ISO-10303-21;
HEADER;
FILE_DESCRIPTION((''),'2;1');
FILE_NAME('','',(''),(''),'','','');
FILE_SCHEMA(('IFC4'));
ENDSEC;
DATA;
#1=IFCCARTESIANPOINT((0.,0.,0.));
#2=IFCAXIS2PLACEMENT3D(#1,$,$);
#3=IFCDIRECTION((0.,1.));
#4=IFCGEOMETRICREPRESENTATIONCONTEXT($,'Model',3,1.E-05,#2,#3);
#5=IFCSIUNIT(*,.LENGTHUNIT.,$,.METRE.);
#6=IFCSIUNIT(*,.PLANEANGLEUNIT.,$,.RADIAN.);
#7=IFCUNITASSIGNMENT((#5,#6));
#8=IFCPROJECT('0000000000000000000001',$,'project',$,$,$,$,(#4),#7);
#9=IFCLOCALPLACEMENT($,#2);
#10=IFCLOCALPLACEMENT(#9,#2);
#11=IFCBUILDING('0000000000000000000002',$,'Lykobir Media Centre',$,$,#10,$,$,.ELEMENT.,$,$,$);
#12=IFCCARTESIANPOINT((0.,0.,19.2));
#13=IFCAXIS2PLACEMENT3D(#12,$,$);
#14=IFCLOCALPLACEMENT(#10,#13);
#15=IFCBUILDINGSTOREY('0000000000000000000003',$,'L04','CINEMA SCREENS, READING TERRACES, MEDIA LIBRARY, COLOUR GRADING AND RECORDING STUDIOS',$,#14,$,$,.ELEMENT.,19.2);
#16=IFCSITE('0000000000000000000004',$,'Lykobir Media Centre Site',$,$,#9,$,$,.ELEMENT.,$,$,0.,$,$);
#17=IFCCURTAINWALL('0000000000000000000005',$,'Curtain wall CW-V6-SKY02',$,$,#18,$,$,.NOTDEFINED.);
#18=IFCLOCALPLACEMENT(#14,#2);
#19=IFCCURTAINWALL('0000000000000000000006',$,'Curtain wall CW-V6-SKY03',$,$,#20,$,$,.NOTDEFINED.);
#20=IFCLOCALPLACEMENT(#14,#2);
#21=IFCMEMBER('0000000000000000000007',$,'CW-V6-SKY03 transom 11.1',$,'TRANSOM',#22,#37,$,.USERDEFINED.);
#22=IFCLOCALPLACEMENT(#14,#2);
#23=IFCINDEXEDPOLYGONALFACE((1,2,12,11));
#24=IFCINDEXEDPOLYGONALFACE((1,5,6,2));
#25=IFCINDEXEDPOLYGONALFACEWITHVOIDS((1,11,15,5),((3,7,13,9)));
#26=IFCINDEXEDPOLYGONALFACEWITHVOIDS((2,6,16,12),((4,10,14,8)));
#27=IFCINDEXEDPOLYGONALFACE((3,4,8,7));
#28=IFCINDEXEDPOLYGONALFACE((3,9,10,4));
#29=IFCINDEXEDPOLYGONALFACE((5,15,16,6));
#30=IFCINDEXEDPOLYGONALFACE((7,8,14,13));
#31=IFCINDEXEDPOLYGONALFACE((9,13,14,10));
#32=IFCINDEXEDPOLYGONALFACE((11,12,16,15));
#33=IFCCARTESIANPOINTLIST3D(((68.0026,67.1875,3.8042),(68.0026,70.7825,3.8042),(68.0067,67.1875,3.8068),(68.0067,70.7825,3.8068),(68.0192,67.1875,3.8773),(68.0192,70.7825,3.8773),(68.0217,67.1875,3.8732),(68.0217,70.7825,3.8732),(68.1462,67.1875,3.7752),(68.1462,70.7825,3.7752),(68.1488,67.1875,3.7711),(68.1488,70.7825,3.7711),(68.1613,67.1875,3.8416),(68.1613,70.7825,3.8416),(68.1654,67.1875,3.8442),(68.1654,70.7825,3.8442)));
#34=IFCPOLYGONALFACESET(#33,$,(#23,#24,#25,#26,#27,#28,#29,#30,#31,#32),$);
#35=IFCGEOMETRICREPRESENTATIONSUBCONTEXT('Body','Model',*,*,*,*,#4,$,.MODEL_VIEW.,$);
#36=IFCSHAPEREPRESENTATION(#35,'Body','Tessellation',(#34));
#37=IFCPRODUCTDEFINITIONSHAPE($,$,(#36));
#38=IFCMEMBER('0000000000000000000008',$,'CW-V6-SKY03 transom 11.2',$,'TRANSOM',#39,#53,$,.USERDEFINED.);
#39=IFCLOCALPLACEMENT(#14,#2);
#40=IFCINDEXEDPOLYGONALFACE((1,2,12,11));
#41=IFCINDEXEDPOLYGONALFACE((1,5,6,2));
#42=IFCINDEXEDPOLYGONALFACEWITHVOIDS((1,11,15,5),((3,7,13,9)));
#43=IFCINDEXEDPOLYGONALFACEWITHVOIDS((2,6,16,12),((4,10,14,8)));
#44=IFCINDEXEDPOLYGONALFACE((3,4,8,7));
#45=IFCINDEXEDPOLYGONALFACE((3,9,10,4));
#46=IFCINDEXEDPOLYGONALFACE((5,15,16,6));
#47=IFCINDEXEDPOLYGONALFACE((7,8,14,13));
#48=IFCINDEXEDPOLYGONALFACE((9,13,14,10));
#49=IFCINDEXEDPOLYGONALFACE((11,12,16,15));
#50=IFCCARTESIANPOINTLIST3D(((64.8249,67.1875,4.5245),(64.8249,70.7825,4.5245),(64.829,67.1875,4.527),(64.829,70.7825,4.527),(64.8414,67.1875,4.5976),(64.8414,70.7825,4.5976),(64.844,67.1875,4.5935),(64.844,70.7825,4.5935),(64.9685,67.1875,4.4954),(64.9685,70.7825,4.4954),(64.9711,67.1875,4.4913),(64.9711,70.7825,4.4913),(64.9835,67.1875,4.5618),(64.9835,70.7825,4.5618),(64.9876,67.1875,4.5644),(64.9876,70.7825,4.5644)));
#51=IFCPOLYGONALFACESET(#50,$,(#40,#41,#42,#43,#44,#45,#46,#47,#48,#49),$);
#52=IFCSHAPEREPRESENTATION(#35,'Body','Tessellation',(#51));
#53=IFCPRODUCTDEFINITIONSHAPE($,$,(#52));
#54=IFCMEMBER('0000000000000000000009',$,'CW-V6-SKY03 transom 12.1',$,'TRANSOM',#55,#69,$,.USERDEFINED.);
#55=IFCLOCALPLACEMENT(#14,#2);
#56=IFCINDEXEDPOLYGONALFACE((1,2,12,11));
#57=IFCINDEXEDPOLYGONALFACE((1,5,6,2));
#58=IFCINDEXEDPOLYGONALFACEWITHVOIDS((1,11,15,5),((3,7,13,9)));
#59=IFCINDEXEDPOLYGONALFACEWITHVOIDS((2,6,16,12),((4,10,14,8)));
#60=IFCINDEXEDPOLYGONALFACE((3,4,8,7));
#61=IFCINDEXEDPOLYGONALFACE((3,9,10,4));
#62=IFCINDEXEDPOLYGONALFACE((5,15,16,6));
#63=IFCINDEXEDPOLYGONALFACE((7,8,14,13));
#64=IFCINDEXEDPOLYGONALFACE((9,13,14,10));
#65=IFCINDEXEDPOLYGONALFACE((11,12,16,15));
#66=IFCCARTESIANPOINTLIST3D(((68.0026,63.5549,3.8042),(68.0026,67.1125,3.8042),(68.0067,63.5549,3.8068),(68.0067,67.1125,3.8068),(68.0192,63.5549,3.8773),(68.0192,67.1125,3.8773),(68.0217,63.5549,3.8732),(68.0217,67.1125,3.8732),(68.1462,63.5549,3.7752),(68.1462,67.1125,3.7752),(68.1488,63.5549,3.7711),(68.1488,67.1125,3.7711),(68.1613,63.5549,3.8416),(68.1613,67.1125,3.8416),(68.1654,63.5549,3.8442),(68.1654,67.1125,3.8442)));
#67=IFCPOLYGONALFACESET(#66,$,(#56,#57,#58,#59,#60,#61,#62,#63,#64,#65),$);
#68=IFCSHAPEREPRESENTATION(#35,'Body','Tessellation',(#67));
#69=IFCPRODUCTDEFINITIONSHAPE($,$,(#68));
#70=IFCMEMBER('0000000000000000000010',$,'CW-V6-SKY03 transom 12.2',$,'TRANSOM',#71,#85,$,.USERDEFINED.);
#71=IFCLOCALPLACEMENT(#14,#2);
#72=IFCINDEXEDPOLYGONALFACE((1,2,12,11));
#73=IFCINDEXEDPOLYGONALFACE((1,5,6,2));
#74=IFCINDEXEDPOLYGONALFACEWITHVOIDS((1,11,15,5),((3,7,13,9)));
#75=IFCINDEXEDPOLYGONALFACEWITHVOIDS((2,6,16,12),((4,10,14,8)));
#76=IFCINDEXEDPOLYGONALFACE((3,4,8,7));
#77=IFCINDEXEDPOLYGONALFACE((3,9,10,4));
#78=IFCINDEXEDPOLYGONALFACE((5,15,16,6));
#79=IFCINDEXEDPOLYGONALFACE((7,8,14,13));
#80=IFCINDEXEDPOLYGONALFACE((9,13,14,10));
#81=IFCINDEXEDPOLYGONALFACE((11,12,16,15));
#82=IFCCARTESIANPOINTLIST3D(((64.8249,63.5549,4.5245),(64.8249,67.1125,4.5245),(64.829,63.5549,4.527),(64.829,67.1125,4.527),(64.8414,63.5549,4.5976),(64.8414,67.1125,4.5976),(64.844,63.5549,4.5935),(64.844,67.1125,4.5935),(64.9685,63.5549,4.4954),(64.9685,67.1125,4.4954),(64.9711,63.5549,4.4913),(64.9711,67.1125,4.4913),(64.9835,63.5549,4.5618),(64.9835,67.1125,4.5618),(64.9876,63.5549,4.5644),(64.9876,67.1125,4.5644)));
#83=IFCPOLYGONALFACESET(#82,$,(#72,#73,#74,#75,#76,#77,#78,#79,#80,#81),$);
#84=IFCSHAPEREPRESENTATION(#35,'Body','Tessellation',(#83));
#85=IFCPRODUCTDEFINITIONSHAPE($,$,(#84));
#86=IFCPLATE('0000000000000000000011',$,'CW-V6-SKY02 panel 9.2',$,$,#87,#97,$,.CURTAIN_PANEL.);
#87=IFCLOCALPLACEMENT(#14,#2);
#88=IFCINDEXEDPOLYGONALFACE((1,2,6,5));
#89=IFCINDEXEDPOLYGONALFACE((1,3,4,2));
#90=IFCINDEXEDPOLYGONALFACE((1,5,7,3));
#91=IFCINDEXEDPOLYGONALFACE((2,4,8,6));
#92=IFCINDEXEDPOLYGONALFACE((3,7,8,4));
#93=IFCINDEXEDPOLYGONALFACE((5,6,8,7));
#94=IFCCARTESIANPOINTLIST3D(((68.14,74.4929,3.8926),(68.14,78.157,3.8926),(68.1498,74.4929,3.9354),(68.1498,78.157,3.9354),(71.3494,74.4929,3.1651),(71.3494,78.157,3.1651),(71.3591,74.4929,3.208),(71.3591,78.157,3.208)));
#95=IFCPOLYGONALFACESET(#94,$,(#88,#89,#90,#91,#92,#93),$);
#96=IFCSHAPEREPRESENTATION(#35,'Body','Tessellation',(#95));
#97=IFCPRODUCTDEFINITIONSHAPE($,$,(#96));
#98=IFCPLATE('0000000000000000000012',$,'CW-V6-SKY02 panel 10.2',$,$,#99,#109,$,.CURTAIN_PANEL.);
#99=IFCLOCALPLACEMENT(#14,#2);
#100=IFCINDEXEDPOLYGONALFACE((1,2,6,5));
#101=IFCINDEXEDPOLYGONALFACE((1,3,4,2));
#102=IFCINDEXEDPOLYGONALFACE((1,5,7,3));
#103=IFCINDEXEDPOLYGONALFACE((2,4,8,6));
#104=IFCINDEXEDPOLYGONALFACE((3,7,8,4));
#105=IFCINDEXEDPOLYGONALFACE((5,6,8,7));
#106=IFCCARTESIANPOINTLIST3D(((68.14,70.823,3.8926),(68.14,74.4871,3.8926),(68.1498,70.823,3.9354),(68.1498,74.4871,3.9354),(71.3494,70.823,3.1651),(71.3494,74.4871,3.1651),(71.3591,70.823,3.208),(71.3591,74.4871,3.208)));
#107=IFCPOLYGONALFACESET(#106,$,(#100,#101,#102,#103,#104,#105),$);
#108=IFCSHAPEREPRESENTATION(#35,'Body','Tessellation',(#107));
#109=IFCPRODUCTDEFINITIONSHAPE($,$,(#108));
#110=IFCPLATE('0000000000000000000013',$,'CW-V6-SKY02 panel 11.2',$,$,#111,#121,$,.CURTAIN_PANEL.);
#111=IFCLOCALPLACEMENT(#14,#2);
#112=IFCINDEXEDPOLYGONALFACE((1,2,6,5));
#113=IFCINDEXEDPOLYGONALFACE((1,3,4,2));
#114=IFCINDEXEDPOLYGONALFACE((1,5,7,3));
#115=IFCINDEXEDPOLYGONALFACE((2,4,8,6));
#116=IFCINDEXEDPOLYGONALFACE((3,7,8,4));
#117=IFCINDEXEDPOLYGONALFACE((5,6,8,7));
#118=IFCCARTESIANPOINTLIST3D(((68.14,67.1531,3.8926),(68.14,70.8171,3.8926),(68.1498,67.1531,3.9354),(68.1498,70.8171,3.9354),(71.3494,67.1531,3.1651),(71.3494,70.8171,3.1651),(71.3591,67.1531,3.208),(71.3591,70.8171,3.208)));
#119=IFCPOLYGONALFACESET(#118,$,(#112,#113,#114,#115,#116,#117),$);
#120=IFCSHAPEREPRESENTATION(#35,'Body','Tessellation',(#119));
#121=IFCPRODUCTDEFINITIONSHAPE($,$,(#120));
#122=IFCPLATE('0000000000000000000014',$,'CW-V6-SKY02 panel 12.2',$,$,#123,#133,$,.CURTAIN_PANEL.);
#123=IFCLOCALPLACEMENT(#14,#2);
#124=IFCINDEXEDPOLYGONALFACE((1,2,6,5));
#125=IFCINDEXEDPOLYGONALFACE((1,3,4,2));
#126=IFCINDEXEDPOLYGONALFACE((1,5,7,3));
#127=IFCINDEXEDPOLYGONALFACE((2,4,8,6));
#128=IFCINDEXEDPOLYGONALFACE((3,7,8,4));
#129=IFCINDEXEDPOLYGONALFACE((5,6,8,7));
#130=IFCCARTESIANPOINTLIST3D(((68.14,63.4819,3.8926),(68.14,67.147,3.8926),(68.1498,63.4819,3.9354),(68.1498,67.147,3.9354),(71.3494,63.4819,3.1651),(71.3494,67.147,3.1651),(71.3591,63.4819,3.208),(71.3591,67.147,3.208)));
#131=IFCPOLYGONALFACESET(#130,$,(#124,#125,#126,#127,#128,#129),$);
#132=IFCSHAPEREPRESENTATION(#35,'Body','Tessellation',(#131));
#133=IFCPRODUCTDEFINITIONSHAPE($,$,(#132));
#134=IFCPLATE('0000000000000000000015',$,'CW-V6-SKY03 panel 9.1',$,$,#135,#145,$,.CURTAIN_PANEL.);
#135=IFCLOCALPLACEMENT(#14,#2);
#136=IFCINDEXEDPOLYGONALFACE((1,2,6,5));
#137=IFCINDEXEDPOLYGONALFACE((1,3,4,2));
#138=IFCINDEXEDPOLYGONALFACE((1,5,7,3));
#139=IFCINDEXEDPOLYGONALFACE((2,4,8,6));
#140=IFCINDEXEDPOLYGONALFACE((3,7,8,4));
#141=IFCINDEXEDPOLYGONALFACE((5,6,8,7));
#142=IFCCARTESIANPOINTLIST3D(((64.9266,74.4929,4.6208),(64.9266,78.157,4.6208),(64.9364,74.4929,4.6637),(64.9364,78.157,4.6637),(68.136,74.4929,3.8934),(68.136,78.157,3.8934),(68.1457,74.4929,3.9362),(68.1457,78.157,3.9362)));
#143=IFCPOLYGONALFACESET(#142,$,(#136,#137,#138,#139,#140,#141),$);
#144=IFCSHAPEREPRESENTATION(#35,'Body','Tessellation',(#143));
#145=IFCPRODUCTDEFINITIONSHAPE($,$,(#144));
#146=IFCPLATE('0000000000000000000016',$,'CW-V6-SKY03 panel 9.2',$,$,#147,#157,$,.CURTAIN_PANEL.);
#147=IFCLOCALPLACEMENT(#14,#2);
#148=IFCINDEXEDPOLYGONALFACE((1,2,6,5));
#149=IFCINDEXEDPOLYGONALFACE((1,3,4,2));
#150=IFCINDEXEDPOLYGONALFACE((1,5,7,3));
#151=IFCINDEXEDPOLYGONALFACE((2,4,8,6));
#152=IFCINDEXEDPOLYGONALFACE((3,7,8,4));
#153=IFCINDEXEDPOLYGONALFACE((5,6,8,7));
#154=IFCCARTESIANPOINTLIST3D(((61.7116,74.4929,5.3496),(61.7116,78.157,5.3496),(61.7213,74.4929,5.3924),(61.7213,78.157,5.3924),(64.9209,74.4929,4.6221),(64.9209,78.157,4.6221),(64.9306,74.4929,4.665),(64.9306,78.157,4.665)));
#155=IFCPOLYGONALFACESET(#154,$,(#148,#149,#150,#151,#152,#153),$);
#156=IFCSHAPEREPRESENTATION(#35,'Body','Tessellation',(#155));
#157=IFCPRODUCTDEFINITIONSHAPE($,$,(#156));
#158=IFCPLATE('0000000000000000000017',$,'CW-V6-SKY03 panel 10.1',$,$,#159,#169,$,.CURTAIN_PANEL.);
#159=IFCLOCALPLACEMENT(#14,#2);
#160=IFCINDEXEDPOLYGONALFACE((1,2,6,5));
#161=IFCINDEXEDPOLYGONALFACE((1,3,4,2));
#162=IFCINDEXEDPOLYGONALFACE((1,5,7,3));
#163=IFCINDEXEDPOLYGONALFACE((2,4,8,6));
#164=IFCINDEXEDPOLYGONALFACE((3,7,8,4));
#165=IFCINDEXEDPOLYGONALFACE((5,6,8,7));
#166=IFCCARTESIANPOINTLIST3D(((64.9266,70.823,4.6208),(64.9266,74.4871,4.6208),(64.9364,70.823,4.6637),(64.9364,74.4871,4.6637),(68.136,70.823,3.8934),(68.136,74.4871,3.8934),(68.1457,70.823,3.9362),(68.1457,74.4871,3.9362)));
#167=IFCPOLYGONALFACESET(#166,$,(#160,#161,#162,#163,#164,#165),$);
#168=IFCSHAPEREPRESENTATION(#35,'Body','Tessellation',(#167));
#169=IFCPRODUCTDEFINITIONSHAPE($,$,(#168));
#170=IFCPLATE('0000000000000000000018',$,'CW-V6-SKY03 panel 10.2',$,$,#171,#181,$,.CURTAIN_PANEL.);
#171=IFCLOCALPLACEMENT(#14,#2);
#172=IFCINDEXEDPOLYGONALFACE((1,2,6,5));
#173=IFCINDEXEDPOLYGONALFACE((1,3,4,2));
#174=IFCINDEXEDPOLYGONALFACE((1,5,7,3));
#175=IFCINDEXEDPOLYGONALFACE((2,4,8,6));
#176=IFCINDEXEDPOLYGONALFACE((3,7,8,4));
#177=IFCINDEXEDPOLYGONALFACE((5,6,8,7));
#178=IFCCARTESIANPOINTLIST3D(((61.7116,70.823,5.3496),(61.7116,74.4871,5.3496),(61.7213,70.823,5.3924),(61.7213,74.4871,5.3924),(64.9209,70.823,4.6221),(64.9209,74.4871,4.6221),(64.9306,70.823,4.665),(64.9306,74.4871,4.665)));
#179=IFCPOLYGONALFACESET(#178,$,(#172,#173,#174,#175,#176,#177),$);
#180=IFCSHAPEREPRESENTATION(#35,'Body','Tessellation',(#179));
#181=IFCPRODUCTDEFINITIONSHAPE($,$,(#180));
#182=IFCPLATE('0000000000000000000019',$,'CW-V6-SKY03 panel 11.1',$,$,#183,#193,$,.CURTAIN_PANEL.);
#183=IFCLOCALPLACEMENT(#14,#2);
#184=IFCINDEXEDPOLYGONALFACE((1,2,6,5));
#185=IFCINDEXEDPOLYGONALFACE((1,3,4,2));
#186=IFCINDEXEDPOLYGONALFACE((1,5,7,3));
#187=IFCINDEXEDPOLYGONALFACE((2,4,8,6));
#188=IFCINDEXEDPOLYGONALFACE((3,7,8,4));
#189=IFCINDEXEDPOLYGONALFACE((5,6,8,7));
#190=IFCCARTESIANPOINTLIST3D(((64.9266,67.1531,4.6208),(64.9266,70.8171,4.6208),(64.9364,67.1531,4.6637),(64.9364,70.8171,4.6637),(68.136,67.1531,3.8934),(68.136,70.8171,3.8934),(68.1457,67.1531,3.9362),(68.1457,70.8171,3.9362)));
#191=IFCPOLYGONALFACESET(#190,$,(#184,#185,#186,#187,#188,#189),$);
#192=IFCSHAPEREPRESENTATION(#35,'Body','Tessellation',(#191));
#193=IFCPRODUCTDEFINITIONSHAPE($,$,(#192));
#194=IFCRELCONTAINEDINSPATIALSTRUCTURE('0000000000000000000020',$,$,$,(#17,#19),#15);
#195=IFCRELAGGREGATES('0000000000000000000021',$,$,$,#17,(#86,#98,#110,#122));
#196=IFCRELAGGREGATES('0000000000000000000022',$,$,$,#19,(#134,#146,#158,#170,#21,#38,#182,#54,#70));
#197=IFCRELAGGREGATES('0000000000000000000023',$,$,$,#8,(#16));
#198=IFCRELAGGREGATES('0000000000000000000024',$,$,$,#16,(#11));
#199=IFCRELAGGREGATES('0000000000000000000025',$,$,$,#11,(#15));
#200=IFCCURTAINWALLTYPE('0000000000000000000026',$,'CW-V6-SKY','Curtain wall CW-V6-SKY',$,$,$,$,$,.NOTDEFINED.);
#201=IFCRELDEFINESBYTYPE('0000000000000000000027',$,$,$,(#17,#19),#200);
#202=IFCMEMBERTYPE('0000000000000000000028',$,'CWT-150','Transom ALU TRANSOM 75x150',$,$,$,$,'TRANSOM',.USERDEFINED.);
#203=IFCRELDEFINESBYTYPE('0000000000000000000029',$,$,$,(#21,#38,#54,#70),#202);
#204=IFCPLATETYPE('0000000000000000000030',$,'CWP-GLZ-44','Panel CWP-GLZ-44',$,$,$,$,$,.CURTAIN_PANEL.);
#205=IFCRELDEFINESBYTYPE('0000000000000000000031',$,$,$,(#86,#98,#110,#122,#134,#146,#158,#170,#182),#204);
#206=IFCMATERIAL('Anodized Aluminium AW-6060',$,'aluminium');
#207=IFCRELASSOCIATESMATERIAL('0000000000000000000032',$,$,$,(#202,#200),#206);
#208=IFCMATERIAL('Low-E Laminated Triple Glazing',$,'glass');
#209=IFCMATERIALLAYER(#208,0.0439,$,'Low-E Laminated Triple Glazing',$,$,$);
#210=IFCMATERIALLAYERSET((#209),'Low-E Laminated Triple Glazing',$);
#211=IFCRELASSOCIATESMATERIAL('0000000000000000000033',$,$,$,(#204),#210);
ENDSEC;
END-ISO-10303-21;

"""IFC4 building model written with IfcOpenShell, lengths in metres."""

from ifc_helpers import new_model, si_unit, direction, frame, origin, origin_2d, place, context, subcontext, project, spatial, rectangle, hollow_rectangle, extrude, material, layer, layer_set, material_profile, profile_set, type_object, element, aggregate, save


model = new_model("IFC4")

# Units and contexts
model_context = context("Model", 3, precision=1e-05, world=origin(), true_north=direction((0.0, 1.0)))
body_context = subcontext(model_context, "Body", "Model", "MODEL_VIEW")
ifc_project = project(units=[si_unit("LENGTHUNIT", "METRE"), si_unit("PLANEANGLEUNIT", "RADIAN")], contexts=[model_context])

# Site, building, storey
site_placement = place(None, origin())
site = spatial("IfcSite", under=ifc_project, at=site_placement, Name="Lykobir Media Centre Site", CompositionType="ELEMENT", RefElevation=0.0)
building_placement = place(site_placement, origin())
building = spatial("IfcBuilding", under=site, at=building_placement, Name="Lykobir Media Centre", CompositionType="ELEMENT")
storey_placement = place(building_placement, frame((0.0, 0.0, 19.2)))
storey = spatial("IfcBuildingStorey", under=building, at=storey_placement, Name="L04", Description="CINEMA SCREENS, READING TERRACES, MEDIA LIBRARY, COLOUR GRADING AND RECORDING STUDIOS", CompositionType="ELEMENT", Elevation=19.2)

# Curtain walls, members
ifc_material_1 = material(Name="Anodized Aluminium AW-6060", Category="aluminium")
ifc_material_profile_1 = material_profile(ifc_material_1, hollow_rectangle(XDim=0.075, YDim=0.1499, WallThickness=0.0034, at=origin_2d()), Name="ALU TRANSOM 75x150")
ifc_profile_set_1 = profile_set([ifc_material_profile_1], Name="Anodized Aluminium AW-6060")
member_type_1 = type_object("IfcMemberType", Name="CWT-150", Description="Transom ALU TRANSOM 75x150", ElementType="TRANSOM", PredefinedType="USERDEFINED", material=ifc_profile_set_1)
curtain_wall_type_1 = type_object("IfcCurtainWallType", Name="CW-V6-SKY", Description="Curtain wall CW-V6-SKY", PredefinedType="NOTDEFINED", material=ifc_material_1)
curtain_wall_1_placement = place(storey_placement, origin())
curtain_wall_1 = element("IfcCurtainWall", 1, at=curtain_wall_1_placement, inside=storey, type_object=curtain_wall_type_1, Name="Curtain wall CW-V6-SKY02", PredefinedType="NOTDEFINED")
curtain_wall_2_placement = place(storey_placement, origin())
curtain_wall_2 = element("IfcCurtainWall", 2, at=curtain_wall_2_placement, inside=storey, type_object=curtain_wall_type_1, Name="Curtain wall CW-V6-SKY03", PredefinedType="NOTDEFINED")
member_1_placement = place(storey_placement, frame((68.084, 70.7825, 3.8242), z_axis=(0.0, -1.0, 0.0), x_axis=(0.221055, 0.0, 0.975261)))
member_1 = element("IfcMember", 3, at=member_1_placement, type_object=member_type_1, Name="CW-V6-SKY03 transom 11.1", ObjectType="TRANSOM", PredefinedType="USERDEFINED", context=body_context, shape_type="SweptSolid", body=[
    extrude(hollow_rectangle(XDim=0.075, YDim=0.1499, WallThickness=0.0034, at=origin_2d()), origin(), (0.0, 0.0, 1.0), 3.595),
])
member_2_placement = place(storey_placement, frame((64.9062, 70.7825, 4.5444), z_axis=(0.0, -1.0, 0.0), x_axis=(0.221055, 0.0, 0.975261)))
member_2 = element("IfcMember", 4, at=member_2_placement, type_object=member_type_1, Name="CW-V6-SKY03 transom 11.2", ObjectType="TRANSOM", PredefinedType="USERDEFINED", context=body_context, shape_type="SweptSolid", body=[
    extrude(hollow_rectangle(XDim=0.075, YDim=0.1499, WallThickness=0.0034, at=origin_2d()), origin(), (0.0, 0.0, 1.0), 3.595),
])
member_3_placement = place(storey_placement, frame((68.084, 67.1125, 3.8242), z_axis=(0.0, -1.0, 0.0), x_axis=(0.221055, 0.0, 0.975261)))
member_3 = element("IfcMember", 5, at=member_3_placement, type_object=member_type_1, Name="CW-V6-SKY03 transom 12.1", ObjectType="TRANSOM", PredefinedType="USERDEFINED", context=body_context, shape_type="SweptSolid", body=[
    extrude(hollow_rectangle(XDim=0.075, YDim=0.1499, WallThickness=0.0034, at=origin_2d()), origin(), (0.0, 0.0, 1.0), 3.5576),
])
member_4_placement = place(storey_placement, frame((64.9062, 67.1125, 4.5444), z_axis=(0.0, -1.0, 0.0), x_axis=(0.221055, 0.0, 0.975261)))
member_4 = element("IfcMember", 6, at=member_4_placement, type_object=member_type_1, Name="CW-V6-SKY03 transom 12.2", ObjectType="TRANSOM", PredefinedType="USERDEFINED", context=body_context, shape_type="SweptSolid", body=[
    extrude(hollow_rectangle(XDim=0.075, YDim=0.1499, WallThickness=0.0034, at=origin_2d()), origin(), (0.0, 0.0, 1.0), 3.5576),
])

# Plates
ifc_material_2 = material(Name="Low-E Laminated Triple Glazing", Category="glass")
ifc_layer_1 = layer(ifc_material_2, 0.0439, Name="Low-E Laminated Triple Glazing")
ifc_layer_set_1 = layer_set([ifc_layer_1], Name="Low-E Laminated Triple Glazing")
plate_type_1 = type_object("IfcPlateType", Name="CWP-GLZ-44", Description="Panel CWP-GLZ-44", PredefinedType="CURTAIN_PANEL", material=ifc_layer_set_1)
plate_1_placement = place(storey_placement, frame((71.3542, 76.325, 3.1865), z_axis=(-0.975258, 0.0, 0.221072), x_axis=(0.0, -1.0, 0.0)))
plate_1 = element("IfcPlate", 7, at=plate_1_placement, type_object=plate_type_1, Name="CW-V6-SKY02 panel 9.2", PredefinedType="CURTAIN_PANEL", context=body_context, shape_type="SweptSolid", body=[
    extrude(rectangle(XDim=3.6641, YDim=0.0439, at=origin_2d()), origin(), (0.0, 0.0, 1.0), 3.2908),
])
plate_2_placement = place(storey_placement, frame((71.3542, 72.655, 3.1865), z_axis=(-0.975258, 0.0, 0.221072), x_axis=(0.0, -1.0, 0.0)))
plate_2 = element("IfcPlate", 8, at=plate_2_placement, type_object=plate_type_1, Name="CW-V6-SKY02 panel 10.2", PredefinedType="CURTAIN_PANEL", context=body_context, shape_type="SweptSolid", body=[
    extrude(rectangle(XDim=3.6641, YDim=0.0439, at=origin_2d()), origin(), (0.0, 0.0, 1.0), 3.2908),
])
plate_3_placement = place(storey_placement, frame((71.3542, 68.9851, 3.1865), z_axis=(-0.975258, 0.0, 0.221072), x_axis=(0.0, -1.0, 0.0)))
plate_3 = element("IfcPlate", 9, at=plate_3_placement, type_object=plate_type_1, Name="CW-V6-SKY02 panel 11.2", PredefinedType="CURTAIN_PANEL", context=body_context, shape_type="SweptSolid", body=[
    extrude(rectangle(XDim=3.6641, YDim=0.0439, at=origin_2d()), origin(), (0.0, 0.0, 1.0), 3.2908),
])
plate_4_placement = place(storey_placement, frame((71.3542, 65.3145, 3.1865), z_axis=(-0.975258, 0.0, 0.221072), x_axis=(0.0, -1.0, 0.0)))
plate_4 = element("IfcPlate", 10, at=plate_4_placement, type_object=plate_type_1, Name="CW-V6-SKY02 panel 12.2", PredefinedType="CURTAIN_PANEL", context=body_context, shape_type="SweptSolid", body=[
    extrude(rectangle(XDim=3.665, YDim=0.0439, at=origin_2d()), origin(), (0.0, 0.0, 1.0), 3.2908),
])
aggregate(curtain_wall_1, [plate_1, plate_2, plate_3, plate_4])
plate_5_placement = place(storey_placement, frame((68.1409, 76.325, 3.9148), z_axis=(-0.975261, 0.0, 0.221055), x_axis=(0.0, -1.0, 0.0)))
plate_5 = element("IfcPlate", 11, at=plate_5_placement, type_object=plate_type_1, Name="CW-V6-SKY03 panel 9.1", PredefinedType="CURTAIN_PANEL", context=body_context, shape_type="SweptSolid", body=[
    extrude(rectangle(XDim=3.6641, YDim=0.0439, at=origin_2d()), origin(), (0.0, 0.0, 1.0), 3.2908),
])
plate_6_placement = place(storey_placement, frame((64.9258, 76.325, 4.6436), z_axis=(-0.975261, 0.0, 0.221055), x_axis=(0.0, -1.0, 0.0)))
plate_6 = element("IfcPlate", 12, at=plate_6_placement, type_object=plate_type_1, Name="CW-V6-SKY03 panel 9.2", PredefinedType="CURTAIN_PANEL", context=body_context, shape_type="SweptSolid", body=[
    extrude(rectangle(XDim=3.6641, YDim=0.0439, at=origin_2d()), origin(), (0.0, 0.0, 1.0), 3.2908),
])
plate_7_placement = place(storey_placement, frame((68.1409, 72.655, 3.9148), z_axis=(-0.975261, 0.0, 0.221055), x_axis=(0.0, -1.0, 0.0)))
plate_7 = element("IfcPlate", 13, at=plate_7_placement, type_object=plate_type_1, Name="CW-V6-SKY03 panel 10.1", PredefinedType="CURTAIN_PANEL", context=body_context, shape_type="SweptSolid", body=[
    extrude(rectangle(XDim=3.6641, YDim=0.0439, at=origin_2d()), origin(), (0.0, 0.0, 1.0), 3.2908),
])
plate_8_placement = place(storey_placement, frame((64.9258, 72.655, 4.6436), z_axis=(-0.975261, 0.0, 0.221055), x_axis=(0.0, -1.0, 0.0)))
plate_8 = element("IfcPlate", 14, at=plate_8_placement, type_object=plate_type_1, Name="CW-V6-SKY03 panel 10.2", PredefinedType="CURTAIN_PANEL", context=body_context, shape_type="SweptSolid", body=[
    extrude(rectangle(XDim=3.6641, YDim=0.0439, at=origin_2d()), origin(), (0.0, 0.0, 1.0), 3.2908),
])
plate_9_placement = place(storey_placement, frame((68.1409, 68.9851, 3.9148), z_axis=(-0.975261, 0.0, 0.221055), x_axis=(0.0, -1.0, 0.0)))
plate_9 = element("IfcPlate", 15, at=plate_9_placement, type_object=plate_type_1, Name="CW-V6-SKY03 panel 11.1", PredefinedType="CURTAIN_PANEL", context=body_context, shape_type="SweptSolid", body=[
    extrude(rectangle(XDim=3.6641, YDim=0.0439, at=origin_2d()), origin(), (0.0, 0.0, 1.0), 3.2908),
])
aggregate(curtain_wall_2, [plate_5, plate_6, plate_7, plate_8, member_1, member_2, plate_9, member_3, member_4])

save(model, "model.ifc")
